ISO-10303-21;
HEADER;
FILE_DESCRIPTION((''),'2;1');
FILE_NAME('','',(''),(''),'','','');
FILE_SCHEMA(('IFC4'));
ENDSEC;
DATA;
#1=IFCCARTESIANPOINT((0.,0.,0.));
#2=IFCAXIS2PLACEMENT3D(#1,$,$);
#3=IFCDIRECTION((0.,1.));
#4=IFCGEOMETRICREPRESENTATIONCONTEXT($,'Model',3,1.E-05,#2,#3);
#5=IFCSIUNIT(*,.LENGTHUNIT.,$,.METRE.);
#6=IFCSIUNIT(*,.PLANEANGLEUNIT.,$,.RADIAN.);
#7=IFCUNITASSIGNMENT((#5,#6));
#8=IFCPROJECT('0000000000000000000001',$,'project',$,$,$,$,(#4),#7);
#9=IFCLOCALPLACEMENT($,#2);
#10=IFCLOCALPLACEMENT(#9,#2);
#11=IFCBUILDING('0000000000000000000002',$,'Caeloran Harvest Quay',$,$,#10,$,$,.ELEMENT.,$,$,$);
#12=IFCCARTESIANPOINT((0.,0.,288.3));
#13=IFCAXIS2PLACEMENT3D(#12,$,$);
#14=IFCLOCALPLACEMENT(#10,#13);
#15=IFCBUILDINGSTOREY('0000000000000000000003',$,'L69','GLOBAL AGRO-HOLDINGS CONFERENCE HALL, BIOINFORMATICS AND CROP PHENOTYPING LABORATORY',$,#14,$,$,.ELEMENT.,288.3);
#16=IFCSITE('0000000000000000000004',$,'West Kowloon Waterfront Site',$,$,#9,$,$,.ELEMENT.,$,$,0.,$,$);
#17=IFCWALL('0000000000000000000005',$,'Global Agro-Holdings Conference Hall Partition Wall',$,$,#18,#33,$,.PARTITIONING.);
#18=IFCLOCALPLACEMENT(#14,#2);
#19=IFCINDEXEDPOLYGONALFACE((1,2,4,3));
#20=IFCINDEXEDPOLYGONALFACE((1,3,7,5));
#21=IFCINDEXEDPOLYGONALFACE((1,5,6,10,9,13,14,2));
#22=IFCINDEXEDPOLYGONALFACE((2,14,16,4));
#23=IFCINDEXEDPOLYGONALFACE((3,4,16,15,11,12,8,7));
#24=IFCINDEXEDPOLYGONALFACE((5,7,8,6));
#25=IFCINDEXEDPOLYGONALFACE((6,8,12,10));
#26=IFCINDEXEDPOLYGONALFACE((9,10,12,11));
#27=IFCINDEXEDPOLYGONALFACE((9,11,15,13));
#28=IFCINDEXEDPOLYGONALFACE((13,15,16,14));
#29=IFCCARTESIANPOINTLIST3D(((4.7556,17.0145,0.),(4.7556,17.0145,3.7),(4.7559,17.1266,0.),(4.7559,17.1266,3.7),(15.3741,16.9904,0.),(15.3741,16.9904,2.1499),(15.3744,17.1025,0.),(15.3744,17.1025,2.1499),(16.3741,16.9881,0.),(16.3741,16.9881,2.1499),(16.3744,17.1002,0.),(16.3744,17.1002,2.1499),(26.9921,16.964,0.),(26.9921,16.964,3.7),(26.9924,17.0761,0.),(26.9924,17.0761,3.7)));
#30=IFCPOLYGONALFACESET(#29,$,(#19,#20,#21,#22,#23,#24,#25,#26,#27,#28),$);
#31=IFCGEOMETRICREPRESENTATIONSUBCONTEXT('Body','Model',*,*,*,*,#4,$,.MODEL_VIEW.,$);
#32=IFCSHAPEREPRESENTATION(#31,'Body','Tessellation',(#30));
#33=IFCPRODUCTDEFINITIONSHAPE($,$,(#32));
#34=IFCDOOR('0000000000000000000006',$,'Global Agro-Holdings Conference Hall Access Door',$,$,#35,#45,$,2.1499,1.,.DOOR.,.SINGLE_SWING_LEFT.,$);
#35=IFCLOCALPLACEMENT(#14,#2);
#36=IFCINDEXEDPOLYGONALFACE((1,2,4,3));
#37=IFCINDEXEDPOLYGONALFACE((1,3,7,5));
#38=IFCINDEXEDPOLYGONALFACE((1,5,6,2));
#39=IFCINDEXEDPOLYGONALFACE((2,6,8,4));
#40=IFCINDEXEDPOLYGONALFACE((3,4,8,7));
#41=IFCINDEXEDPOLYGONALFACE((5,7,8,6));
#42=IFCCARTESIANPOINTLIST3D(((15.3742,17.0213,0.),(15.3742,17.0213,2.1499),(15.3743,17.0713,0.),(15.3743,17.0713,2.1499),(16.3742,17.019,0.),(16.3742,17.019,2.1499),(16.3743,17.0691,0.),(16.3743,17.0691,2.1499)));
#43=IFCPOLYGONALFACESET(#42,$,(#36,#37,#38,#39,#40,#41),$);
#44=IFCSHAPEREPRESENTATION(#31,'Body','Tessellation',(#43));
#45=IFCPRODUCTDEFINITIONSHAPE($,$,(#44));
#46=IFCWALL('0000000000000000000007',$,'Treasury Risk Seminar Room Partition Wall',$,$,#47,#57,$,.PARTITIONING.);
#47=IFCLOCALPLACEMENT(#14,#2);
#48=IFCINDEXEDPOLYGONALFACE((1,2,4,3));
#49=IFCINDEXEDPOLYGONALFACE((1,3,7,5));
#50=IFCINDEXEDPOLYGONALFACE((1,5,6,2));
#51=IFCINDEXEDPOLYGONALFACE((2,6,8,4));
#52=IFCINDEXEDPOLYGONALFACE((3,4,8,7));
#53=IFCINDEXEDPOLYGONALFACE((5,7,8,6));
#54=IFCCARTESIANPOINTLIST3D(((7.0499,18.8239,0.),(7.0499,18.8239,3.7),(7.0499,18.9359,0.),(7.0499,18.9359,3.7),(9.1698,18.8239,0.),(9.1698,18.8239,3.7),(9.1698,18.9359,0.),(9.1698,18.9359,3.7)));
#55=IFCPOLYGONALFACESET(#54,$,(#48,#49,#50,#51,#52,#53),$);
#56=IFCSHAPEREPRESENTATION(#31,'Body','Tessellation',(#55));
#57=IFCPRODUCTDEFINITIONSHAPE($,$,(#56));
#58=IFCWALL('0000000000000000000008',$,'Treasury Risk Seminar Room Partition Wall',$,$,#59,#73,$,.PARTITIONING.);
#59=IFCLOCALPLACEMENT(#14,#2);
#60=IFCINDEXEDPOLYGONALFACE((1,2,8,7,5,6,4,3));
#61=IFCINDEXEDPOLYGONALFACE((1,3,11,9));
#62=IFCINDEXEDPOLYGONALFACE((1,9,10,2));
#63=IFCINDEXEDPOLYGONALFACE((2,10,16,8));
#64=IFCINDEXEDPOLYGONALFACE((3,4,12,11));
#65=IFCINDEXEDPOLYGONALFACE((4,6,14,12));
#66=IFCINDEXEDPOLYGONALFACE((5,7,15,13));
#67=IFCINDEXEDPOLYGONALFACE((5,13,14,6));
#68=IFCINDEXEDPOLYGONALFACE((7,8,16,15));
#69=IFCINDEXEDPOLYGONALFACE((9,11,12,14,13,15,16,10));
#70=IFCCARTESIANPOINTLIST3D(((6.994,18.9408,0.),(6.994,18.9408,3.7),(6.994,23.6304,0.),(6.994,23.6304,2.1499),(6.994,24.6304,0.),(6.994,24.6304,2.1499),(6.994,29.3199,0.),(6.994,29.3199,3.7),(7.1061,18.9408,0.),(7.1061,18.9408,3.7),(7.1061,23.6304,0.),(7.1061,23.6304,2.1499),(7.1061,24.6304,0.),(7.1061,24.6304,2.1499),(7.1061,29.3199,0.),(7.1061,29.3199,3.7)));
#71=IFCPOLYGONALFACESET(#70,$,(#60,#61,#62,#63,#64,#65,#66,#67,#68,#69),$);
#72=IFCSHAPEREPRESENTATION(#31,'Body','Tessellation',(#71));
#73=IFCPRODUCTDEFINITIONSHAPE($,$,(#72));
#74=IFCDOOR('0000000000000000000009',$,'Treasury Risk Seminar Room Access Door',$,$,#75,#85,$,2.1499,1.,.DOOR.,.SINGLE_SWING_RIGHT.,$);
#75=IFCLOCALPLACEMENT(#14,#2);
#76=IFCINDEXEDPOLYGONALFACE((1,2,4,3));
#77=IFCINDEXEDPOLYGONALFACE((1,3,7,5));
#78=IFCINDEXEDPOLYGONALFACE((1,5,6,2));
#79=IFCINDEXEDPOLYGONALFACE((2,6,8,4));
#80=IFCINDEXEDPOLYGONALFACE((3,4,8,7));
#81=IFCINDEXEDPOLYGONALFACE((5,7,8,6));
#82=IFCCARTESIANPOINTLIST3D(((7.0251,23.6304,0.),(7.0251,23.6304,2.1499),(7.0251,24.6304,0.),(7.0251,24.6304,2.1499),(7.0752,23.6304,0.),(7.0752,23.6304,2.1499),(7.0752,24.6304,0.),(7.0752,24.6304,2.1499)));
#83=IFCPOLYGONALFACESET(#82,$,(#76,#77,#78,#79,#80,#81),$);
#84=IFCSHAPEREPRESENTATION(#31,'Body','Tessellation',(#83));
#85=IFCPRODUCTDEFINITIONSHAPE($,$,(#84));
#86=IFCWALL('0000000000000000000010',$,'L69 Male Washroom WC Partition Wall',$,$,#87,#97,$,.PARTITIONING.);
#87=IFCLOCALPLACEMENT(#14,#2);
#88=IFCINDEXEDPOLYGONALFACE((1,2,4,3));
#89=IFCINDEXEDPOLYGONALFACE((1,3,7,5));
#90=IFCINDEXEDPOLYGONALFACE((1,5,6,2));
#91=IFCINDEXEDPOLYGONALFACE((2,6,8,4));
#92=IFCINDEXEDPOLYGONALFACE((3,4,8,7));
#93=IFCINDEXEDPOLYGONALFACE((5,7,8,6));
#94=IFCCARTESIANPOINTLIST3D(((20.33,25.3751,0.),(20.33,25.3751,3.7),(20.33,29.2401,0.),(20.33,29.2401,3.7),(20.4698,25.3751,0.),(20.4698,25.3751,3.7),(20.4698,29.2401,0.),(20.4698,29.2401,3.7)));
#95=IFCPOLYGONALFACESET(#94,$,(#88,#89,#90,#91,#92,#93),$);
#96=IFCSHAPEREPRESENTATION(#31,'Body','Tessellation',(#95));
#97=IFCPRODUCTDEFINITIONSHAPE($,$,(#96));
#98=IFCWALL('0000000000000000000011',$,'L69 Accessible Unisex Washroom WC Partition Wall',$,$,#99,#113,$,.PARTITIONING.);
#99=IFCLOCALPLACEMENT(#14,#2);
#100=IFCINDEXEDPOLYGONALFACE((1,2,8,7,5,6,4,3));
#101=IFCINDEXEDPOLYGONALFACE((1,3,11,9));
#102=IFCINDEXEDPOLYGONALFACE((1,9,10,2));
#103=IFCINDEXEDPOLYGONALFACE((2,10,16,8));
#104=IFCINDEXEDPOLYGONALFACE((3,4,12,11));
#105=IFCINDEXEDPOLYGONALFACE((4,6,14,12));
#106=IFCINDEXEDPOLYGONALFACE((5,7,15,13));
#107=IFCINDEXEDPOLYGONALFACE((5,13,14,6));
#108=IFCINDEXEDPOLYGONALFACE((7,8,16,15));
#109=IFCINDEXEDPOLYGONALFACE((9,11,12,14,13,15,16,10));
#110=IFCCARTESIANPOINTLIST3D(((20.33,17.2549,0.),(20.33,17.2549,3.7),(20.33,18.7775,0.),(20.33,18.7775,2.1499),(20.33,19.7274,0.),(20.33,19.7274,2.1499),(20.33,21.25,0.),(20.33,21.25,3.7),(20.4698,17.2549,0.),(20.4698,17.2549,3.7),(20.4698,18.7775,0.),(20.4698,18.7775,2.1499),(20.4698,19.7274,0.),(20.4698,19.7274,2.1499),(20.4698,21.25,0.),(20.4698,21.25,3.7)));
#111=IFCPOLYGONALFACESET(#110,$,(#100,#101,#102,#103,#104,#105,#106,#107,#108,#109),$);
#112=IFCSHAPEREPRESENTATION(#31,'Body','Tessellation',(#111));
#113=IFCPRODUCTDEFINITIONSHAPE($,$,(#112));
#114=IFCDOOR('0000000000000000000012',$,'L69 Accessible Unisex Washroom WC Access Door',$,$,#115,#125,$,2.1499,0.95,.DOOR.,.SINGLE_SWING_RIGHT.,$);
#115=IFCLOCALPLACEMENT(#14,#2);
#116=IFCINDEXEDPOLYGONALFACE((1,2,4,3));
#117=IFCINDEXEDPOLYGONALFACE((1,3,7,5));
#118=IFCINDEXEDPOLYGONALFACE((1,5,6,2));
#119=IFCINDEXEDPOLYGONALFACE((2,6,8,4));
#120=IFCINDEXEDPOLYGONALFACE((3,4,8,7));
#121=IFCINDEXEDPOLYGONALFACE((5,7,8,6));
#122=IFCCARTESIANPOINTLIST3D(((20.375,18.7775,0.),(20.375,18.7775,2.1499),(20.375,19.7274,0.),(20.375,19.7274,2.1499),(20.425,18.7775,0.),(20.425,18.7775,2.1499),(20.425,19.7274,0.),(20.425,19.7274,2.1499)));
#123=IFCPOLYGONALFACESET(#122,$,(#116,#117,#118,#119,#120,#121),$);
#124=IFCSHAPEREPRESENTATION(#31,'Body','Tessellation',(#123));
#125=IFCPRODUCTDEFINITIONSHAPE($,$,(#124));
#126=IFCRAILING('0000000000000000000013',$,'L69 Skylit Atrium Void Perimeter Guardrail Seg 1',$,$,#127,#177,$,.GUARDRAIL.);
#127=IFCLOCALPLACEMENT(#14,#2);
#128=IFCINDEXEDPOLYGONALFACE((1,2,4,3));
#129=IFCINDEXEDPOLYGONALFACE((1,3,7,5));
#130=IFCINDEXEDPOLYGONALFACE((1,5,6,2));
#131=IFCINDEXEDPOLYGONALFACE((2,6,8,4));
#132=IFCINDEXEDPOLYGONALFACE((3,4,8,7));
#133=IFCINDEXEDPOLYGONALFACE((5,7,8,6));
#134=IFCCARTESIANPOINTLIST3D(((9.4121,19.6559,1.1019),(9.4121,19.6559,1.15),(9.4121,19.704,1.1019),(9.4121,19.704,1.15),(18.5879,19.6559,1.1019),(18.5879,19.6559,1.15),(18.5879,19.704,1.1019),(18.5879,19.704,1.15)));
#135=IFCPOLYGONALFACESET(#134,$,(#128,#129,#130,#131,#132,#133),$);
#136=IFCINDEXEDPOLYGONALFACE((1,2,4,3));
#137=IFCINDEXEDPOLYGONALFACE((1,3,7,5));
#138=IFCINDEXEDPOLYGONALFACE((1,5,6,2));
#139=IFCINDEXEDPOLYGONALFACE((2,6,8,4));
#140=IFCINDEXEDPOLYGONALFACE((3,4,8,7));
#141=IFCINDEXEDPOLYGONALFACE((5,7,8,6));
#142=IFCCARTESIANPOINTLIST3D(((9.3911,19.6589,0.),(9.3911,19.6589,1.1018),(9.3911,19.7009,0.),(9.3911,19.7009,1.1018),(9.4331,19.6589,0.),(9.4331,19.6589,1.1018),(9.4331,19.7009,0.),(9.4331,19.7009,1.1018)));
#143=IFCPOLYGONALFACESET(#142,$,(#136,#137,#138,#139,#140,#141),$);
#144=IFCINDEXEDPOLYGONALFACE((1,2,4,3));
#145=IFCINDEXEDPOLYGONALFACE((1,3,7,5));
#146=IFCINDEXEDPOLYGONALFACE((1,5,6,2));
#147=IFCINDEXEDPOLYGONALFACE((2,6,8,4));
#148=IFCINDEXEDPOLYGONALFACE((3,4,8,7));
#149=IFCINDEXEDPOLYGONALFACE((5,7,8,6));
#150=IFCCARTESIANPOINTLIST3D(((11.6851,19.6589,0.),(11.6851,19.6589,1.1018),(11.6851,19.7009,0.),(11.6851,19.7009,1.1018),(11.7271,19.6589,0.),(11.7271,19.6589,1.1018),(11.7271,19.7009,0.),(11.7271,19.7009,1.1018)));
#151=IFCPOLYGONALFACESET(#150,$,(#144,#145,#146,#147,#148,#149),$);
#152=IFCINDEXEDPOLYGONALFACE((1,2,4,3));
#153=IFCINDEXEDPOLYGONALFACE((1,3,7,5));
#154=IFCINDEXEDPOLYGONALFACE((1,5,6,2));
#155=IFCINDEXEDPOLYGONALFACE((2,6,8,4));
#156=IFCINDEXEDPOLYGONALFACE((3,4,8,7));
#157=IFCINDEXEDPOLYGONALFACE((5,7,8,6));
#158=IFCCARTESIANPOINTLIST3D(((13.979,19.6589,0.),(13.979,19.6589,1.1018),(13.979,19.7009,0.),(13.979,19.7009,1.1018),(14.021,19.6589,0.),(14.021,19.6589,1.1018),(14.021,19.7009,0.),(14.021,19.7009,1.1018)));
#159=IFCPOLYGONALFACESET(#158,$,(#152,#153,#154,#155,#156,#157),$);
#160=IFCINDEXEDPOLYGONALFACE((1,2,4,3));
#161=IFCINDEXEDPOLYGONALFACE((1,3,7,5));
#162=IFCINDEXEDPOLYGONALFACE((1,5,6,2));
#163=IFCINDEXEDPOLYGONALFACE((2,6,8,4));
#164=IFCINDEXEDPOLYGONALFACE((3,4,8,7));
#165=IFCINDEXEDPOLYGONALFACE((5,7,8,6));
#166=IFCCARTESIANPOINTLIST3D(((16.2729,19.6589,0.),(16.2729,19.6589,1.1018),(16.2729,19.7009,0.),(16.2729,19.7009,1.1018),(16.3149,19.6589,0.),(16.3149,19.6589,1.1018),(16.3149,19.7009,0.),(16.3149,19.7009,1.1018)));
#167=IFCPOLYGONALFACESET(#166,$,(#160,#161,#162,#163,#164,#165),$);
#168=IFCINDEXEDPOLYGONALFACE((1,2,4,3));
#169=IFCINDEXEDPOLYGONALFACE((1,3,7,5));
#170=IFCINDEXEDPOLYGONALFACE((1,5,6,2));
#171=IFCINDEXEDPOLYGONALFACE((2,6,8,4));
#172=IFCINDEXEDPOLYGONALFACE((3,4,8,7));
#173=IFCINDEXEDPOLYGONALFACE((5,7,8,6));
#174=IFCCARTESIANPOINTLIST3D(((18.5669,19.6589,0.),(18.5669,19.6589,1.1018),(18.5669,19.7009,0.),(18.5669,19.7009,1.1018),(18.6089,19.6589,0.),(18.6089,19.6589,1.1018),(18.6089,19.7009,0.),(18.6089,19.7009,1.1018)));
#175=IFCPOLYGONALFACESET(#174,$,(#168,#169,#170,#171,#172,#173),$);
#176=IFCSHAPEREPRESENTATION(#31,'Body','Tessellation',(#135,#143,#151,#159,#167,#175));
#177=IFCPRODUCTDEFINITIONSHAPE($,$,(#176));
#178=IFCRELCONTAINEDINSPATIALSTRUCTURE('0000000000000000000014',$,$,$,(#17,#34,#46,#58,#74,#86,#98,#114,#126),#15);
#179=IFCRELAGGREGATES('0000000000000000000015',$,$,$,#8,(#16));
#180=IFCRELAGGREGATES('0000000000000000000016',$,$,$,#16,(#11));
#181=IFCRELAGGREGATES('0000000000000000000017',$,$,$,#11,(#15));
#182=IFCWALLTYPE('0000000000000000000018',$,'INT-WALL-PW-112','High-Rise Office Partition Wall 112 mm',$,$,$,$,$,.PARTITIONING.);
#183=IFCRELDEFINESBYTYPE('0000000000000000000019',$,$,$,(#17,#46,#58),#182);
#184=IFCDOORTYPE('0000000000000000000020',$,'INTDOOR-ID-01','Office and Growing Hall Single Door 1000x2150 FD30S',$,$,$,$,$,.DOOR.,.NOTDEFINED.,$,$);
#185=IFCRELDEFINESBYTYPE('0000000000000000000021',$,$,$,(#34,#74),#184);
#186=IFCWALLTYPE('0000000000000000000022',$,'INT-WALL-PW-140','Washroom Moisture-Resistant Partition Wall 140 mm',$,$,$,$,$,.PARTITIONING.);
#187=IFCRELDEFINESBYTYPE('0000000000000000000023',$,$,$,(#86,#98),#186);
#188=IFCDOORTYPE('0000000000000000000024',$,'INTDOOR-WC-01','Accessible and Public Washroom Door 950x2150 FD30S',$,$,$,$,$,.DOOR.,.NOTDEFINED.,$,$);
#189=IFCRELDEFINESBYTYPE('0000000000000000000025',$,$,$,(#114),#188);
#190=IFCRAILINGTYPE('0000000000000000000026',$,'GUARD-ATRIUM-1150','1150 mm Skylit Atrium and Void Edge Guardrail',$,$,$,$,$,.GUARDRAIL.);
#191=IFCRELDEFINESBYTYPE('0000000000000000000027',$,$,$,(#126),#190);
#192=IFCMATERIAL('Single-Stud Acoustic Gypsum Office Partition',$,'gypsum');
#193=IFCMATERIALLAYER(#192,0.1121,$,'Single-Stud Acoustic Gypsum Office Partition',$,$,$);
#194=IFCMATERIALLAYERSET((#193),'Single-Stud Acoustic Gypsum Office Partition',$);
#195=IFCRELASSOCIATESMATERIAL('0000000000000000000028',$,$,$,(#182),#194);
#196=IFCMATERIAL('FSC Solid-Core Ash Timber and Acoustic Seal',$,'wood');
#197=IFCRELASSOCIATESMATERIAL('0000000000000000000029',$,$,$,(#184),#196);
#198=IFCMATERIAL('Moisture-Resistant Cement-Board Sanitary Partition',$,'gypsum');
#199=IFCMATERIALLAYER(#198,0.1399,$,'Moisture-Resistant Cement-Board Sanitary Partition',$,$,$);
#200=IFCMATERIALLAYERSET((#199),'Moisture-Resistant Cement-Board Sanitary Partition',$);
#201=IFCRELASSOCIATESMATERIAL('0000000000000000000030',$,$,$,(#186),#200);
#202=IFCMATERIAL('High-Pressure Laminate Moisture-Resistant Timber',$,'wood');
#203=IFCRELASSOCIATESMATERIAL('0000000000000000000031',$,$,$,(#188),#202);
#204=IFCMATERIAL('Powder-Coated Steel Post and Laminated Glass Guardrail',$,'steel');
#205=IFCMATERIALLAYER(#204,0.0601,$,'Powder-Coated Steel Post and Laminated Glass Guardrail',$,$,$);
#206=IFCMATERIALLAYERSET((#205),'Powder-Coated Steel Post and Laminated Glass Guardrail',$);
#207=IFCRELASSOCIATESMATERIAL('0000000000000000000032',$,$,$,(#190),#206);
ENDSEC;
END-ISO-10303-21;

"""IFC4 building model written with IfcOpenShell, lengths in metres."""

from ifc_helpers import new_model, si_unit, direction, frame, frame_2d, origin, origin_2d, place, context, subcontext, project, spatial, rectangle, extrude, material, layer, layer_set, type_object, element, fill, save


model = new_model("IFC4")

# Units and contexts
model_context = context("Model", 3, precision=1e-05, world=origin(), true_north=direction((0.0, 1.0)))
body_context = subcontext(model_context, "Body", "Model", "MODEL_VIEW")
ifc_project = project(units=[si_unit("LENGTHUNIT", "METRE"), si_unit("PLANEANGLEUNIT", "RADIAN")], contexts=[model_context])

# Site, building, storey
site_placement = place(None, origin())
site = spatial("IfcSite", under=ifc_project, at=site_placement, Name="West Kowloon Waterfront Site", CompositionType="ELEMENT", RefElevation=0.0)
building_placement = place(site_placement, origin())
building = spatial("IfcBuilding", under=site, at=building_placement, Name="Caeloran Harvest Quay", CompositionType="ELEMENT")
storey_placement = place(building_placement, frame((0.0, 0.0, 288.3)))
storey = spatial("IfcBuildingStorey", under=building, at=storey_placement, Name="L69", Description="GLOBAL AGRO-HOLDINGS CONFERENCE HALL, BIOINFORMATICS AND CROP PHENOTYPING LABORATORY", CompositionType="ELEMENT", Elevation=288.3)

# Wall, opening, door
ifc_material_1 = material(Name="Single-Stud Acoustic Gypsum Office Partition", Category="gypsum")
ifc_layer_1 = layer(ifc_material_1, 0.1121, Name="Single-Stud Acoustic Gypsum Office Partition")
ifc_layer_set_1 = layer_set([ifc_layer_1], Name="Single-Stud Acoustic Gypsum Office Partition")
wall_type_1 = type_object("IfcWallType", Name="INT-WALL-PW-112", Description="High-Rise Office Partition Wall 112 mm", PredefinedType="PARTITIONING", material=ifc_layer_set_1)
wall_1_placement = place(storey_placement, frame((4.7559, 17.0706, 0.0), z_axis=(0.0, 0.0, 1.0), x_axis=(0.999997, -0.002273, 0.0)))
wall_1 = element("IfcWall", 1, at=wall_1_placement, inside=storey, type_object=wall_type_1, Name="Global Agro-Holdings Conference Hall Partition Wall", PredefinedType="PARTITIONING", context=body_context, shape_type="SweptSolid", body=[
    extrude(rectangle(XDim=22.2366, YDim=0.1121, at=frame_2d((11.1182, 0.0))), origin(), (0.0, 0.0, 1.0), 3.7),
])
opening_1_placement = place(wall_1_placement, frame((10.6184, 0.0, 0.0)))
opening_1 = element("IfcOpeningElement", 2, at=opening_1_placement, cuts=wall_1, PredefinedType="OPENING", context=body_context, shape_type="SweptSolid", body=[
    extrude(rectangle(XDim=1.0, YDim=2.1499, at=frame_2d((0.5, 1.075))), frame((0.0, 0.0659, 0.0), z_axis=(0.0, -1.0, 0.0), x_axis=(1.0, 0.0, 0.0)), (0.0, 0.0, 1.0), 0.1321),
])
ifc_material_2 = material(Name="FSC Solid-Core Ash Timber and Acoustic Seal", Category="wood")
door_type_1 = type_object("IfcDoorType", Name="INTDOOR-ID-01", Description="Office and Growing Hall Single Door 1000x2150 FD30S", OperationType="NOTDEFINED", PredefinedType="DOOR", material=ifc_material_2)
door_1_placement = place(opening_1_placement, origin())
door_1 = element("IfcDoor", 3, at=door_1_placement, inside=storey, type_object=door_type_1, Name="Global Agro-Holdings Conference Hall Access Door", OperationType="SINGLE_SWING_LEFT", OverallHeight=2.1499, OverallWidth=1.0, PredefinedType="DOOR", context=body_context, shape_type="SweptSolid", body=[
    extrude(rectangle(XDim=1.0, YDim=2.1499, at=frame_2d((0.5, 1.075))), frame((0.0, 0.0249, 0.0), z_axis=(0.0, -1.0, 0.0), x_axis=(1.0, 0.0, 0.0)), (0.0, 0.0, 1.0), 0.05),
])
fill(opening_1, door_1)

# Wall
wall_2_placement = place(storey_placement, frame((9.1699, 18.8799, 0.0), z_axis=(0.0, 0.0, 1.0), x_axis=(-1.0, 0.0, 0.0)))
element("IfcWall", 4, at=wall_2_placement, inside=storey, type_object=wall_type_1, Name="Treasury Risk Seminar Room Partition Wall", PredefinedType="PARTITIONING", context=body_context, shape_type="SweptSolid", body=[
    extrude(rectangle(XDim=2.1199, YDim=0.1121, at=frame_2d((1.0601, 0.0))), origin(), (0.0, 0.0, 1.0), 3.7),
])

# Wall, opening, door
wall_3_placement = place(storey_placement, frame((7.05, 18.9409, 0.0), z_axis=(0.0, 0.0, 1.0), x_axis=(0.0, 1.0, 0.0)))
wall_3 = element("IfcWall", 5, at=wall_3_placement, inside=storey, type_object=wall_type_1, Name="Treasury Risk Seminar Room Partition Wall", PredefinedType="PARTITIONING", context=body_context, shape_type="SweptSolid", body=[
    extrude(rectangle(XDim=10.3792, YDim=0.1121, at=frame_2d((5.1895, 0.0))), origin(), (0.0, 0.0, 1.0), 3.7),
])
opening_2_placement = place(wall_3_placement, frame((4.6895, 0.0, 0.0)))
opening_2 = element("IfcOpeningElement", 6, at=opening_2_placement, cuts=wall_3, PredefinedType="OPENING", context=body_context, shape_type="SweptSolid", body=[
    extrude(rectangle(XDim=1.0, YDim=2.1499, at=frame_2d((0.5, 1.075))), frame((0.0, 0.0659, 0.0), z_axis=(0.0, -1.0, 0.0), x_axis=(1.0, 0.0, 0.0)), (0.0, 0.0, 1.0), 0.1321),
])
door_2_placement = place(opening_2_placement, origin())
door_2 = element("IfcDoor", 7, at=door_2_placement, inside=storey, type_object=door_type_1, Name="Treasury Risk Seminar Room Access Door", OperationType="SINGLE_SWING_RIGHT", OverallHeight=2.1499, OverallWidth=1.0, PredefinedType="DOOR", context=body_context, shape_type="SweptSolid", body=[
    extrude(rectangle(XDim=1.0, YDim=2.1499, at=frame_2d((0.5, 1.075))), frame((0.0, 0.0249, 0.0), z_axis=(0.0, -1.0, 0.0), x_axis=(1.0, 0.0, 0.0)), (0.0, 0.0, 1.0), 0.05),
])
fill(opening_2, door_2)

# Wall
ifc_material_3 = material(Name="Moisture-Resistant Cement-Board Sanitary Partition", Category="gypsum")
ifc_layer_2 = layer(ifc_material_3, 0.1399, Name="Moisture-Resistant Cement-Board Sanitary Partition")
ifc_layer_set_2 = layer_set([ifc_layer_2], Name="Moisture-Resistant Cement-Board Sanitary Partition")
wall_type_2 = type_object("IfcWallType", Name="INT-WALL-PW-140", Description="Washroom Moisture-Resistant Partition Wall 140 mm", PredefinedType="PARTITIONING", material=ifc_layer_set_2)
wall_4_placement = place(storey_placement, frame((20.3999, 25.375, 0.0), z_axis=(0.0, 0.0, 1.0), x_axis=(0.0, 1.0, 0.0)))
element("IfcWall", 8, at=wall_4_placement, inside=storey, type_object=wall_type_2, Name="L69 Male Washroom WC Partition Wall", PredefinedType="PARTITIONING", context=body_context, shape_type="SweptSolid", body=[
    extrude(rectangle(XDim=3.865, YDim=0.1399, at=frame_2d((1.9326, 0.0))), origin(), (0.0, 0.0, 1.0), 3.7),
])

# Wall, opening, door
ifc_material_4 = material(Name="High-Pressure Laminate Moisture-Resistant Timber", Category="wood")
door_type_2 = type_object("IfcDoorType", Name="INTDOOR-WC-01", Description="Accessible and Public Washroom Door 950x2150 FD30S", OperationType="NOTDEFINED", PredefinedType="DOOR", material=ifc_material_4)
wall_5_placement = place(storey_placement, frame((20.3999, 17.2549, 0.0), z_axis=(0.0, 0.0, 1.0), x_axis=(0.0, 1.0, 0.0)))
wall_5 = element("IfcWall", 9, at=wall_5_placement, inside=storey, type_object=wall_type_2, Name="L69 Accessible Unisex Washroom WC Partition Wall", PredefinedType="PARTITIONING", context=body_context, shape_type="SweptSolid", body=[
    extrude(rectangle(XDim=3.9951, YDim=0.1399, at=frame_2d((1.9976, 0.0))), origin(), (0.0, 0.0, 1.0), 3.7),
])
opening_3_placement = place(wall_5_placement, frame((1.5225, 0.0, 0.0)))
opening_3 = element("IfcOpeningElement", 10, at=opening_3_placement, cuts=wall_5, PredefinedType="OPENING", context=body_context, shape_type="SweptSolid", body=[
    extrude(rectangle(XDim=0.95, YDim=2.1499, at=frame_2d((0.4751, 1.075))), frame((0.0, 0.0801, 0.0), z_axis=(0.0, -1.0, 0.0), x_axis=(1.0, 0.0, 0.0)), (0.0, 0.0, 1.0), 0.1599),
])
door_3_placement = place(opening_3_placement, origin())
door_3 = element("IfcDoor", 11, at=door_3_placement, inside=storey, type_object=door_type_2, Name="L69 Accessible Unisex Washroom WC Access Door", OperationType="SINGLE_SWING_RIGHT", OverallHeight=2.1499, OverallWidth=0.95, PredefinedType="DOOR", context=body_context, shape_type="SweptSolid", body=[
    extrude(rectangle(XDim=0.95, YDim=2.1499, at=frame_2d((0.4751, 1.075))), frame((0.0, 0.0249, 0.0), z_axis=(0.0, -1.0, 0.0), x_axis=(1.0, 0.0, 0.0)), (0.0, 0.0, 1.0), 0.05),
])
fill(opening_3, door_3)

# Railing
ifc_material_5 = material(Name="Powder-Coated Steel Post and Laminated Glass Guardrail", Category="steel")
ifc_layer_3 = layer(ifc_material_5, 0.0601, Name="Powder-Coated Steel Post and Laminated Glass Guardrail")
ifc_layer_set_3 = layer_set([ifc_layer_3], Name="Powder-Coated Steel Post and Laminated Glass Guardrail")
railing_type = type_object("IfcRailingType", Name="GUARD-ATRIUM-1150", Description="1150 mm Skylit Atrium and Void Edge Guardrail", PredefinedType="GUARDRAIL", material=ifc_layer_set_3)
railing_1_placement = place(storey_placement, frame((9.4121, 19.6799, 0.0)))
element("IfcRailing", 12, at=railing_1_placement, inside=storey, type_object=railing_type, Name="L69 Skylit Atrium Void Perimeter Guardrail Seg 1", PredefinedType="GUARDRAIL", context=body_context, shape_type="SweptSolid", body=[
    extrude(rectangle(XDim=0.0481, YDim=0.0481, at=origin_2d()), frame((0.0, 0.0, 1.126), z_axis=(1.0, 0.0, 0.0), x_axis=(0.0, 1.0, 0.0)), (0.0, 0.0, 1.0), 9.1758),
    extrude(rectangle(XDim=0.042, YDim=0.042, at=origin_2d()), origin(), (0.0, 0.0, 1.0), 1.1018),
    extrude(rectangle(XDim=0.042, YDim=0.042, at=origin_2d()), frame((2.2939, 0.0, 0.0)), (0.0, 0.0, 1.0), 1.1018),
    extrude(rectangle(XDim=0.042, YDim=0.042, at=origin_2d()), frame((4.5879, 0.0, 0.0)), (0.0, 0.0, 1.0), 1.1018),
    extrude(rectangle(XDim=0.042, YDim=0.042, at=origin_2d()), frame((6.8818, 0.0, 0.0)), (0.0, 0.0, 1.0), 1.1018),
    extrude(rectangle(XDim=0.042, YDim=0.042, at=origin_2d()), frame((9.1758, 0.0, 0.0)), (0.0, 0.0, 1.0), 1.1018),
])

save(model, "model.ifc")
